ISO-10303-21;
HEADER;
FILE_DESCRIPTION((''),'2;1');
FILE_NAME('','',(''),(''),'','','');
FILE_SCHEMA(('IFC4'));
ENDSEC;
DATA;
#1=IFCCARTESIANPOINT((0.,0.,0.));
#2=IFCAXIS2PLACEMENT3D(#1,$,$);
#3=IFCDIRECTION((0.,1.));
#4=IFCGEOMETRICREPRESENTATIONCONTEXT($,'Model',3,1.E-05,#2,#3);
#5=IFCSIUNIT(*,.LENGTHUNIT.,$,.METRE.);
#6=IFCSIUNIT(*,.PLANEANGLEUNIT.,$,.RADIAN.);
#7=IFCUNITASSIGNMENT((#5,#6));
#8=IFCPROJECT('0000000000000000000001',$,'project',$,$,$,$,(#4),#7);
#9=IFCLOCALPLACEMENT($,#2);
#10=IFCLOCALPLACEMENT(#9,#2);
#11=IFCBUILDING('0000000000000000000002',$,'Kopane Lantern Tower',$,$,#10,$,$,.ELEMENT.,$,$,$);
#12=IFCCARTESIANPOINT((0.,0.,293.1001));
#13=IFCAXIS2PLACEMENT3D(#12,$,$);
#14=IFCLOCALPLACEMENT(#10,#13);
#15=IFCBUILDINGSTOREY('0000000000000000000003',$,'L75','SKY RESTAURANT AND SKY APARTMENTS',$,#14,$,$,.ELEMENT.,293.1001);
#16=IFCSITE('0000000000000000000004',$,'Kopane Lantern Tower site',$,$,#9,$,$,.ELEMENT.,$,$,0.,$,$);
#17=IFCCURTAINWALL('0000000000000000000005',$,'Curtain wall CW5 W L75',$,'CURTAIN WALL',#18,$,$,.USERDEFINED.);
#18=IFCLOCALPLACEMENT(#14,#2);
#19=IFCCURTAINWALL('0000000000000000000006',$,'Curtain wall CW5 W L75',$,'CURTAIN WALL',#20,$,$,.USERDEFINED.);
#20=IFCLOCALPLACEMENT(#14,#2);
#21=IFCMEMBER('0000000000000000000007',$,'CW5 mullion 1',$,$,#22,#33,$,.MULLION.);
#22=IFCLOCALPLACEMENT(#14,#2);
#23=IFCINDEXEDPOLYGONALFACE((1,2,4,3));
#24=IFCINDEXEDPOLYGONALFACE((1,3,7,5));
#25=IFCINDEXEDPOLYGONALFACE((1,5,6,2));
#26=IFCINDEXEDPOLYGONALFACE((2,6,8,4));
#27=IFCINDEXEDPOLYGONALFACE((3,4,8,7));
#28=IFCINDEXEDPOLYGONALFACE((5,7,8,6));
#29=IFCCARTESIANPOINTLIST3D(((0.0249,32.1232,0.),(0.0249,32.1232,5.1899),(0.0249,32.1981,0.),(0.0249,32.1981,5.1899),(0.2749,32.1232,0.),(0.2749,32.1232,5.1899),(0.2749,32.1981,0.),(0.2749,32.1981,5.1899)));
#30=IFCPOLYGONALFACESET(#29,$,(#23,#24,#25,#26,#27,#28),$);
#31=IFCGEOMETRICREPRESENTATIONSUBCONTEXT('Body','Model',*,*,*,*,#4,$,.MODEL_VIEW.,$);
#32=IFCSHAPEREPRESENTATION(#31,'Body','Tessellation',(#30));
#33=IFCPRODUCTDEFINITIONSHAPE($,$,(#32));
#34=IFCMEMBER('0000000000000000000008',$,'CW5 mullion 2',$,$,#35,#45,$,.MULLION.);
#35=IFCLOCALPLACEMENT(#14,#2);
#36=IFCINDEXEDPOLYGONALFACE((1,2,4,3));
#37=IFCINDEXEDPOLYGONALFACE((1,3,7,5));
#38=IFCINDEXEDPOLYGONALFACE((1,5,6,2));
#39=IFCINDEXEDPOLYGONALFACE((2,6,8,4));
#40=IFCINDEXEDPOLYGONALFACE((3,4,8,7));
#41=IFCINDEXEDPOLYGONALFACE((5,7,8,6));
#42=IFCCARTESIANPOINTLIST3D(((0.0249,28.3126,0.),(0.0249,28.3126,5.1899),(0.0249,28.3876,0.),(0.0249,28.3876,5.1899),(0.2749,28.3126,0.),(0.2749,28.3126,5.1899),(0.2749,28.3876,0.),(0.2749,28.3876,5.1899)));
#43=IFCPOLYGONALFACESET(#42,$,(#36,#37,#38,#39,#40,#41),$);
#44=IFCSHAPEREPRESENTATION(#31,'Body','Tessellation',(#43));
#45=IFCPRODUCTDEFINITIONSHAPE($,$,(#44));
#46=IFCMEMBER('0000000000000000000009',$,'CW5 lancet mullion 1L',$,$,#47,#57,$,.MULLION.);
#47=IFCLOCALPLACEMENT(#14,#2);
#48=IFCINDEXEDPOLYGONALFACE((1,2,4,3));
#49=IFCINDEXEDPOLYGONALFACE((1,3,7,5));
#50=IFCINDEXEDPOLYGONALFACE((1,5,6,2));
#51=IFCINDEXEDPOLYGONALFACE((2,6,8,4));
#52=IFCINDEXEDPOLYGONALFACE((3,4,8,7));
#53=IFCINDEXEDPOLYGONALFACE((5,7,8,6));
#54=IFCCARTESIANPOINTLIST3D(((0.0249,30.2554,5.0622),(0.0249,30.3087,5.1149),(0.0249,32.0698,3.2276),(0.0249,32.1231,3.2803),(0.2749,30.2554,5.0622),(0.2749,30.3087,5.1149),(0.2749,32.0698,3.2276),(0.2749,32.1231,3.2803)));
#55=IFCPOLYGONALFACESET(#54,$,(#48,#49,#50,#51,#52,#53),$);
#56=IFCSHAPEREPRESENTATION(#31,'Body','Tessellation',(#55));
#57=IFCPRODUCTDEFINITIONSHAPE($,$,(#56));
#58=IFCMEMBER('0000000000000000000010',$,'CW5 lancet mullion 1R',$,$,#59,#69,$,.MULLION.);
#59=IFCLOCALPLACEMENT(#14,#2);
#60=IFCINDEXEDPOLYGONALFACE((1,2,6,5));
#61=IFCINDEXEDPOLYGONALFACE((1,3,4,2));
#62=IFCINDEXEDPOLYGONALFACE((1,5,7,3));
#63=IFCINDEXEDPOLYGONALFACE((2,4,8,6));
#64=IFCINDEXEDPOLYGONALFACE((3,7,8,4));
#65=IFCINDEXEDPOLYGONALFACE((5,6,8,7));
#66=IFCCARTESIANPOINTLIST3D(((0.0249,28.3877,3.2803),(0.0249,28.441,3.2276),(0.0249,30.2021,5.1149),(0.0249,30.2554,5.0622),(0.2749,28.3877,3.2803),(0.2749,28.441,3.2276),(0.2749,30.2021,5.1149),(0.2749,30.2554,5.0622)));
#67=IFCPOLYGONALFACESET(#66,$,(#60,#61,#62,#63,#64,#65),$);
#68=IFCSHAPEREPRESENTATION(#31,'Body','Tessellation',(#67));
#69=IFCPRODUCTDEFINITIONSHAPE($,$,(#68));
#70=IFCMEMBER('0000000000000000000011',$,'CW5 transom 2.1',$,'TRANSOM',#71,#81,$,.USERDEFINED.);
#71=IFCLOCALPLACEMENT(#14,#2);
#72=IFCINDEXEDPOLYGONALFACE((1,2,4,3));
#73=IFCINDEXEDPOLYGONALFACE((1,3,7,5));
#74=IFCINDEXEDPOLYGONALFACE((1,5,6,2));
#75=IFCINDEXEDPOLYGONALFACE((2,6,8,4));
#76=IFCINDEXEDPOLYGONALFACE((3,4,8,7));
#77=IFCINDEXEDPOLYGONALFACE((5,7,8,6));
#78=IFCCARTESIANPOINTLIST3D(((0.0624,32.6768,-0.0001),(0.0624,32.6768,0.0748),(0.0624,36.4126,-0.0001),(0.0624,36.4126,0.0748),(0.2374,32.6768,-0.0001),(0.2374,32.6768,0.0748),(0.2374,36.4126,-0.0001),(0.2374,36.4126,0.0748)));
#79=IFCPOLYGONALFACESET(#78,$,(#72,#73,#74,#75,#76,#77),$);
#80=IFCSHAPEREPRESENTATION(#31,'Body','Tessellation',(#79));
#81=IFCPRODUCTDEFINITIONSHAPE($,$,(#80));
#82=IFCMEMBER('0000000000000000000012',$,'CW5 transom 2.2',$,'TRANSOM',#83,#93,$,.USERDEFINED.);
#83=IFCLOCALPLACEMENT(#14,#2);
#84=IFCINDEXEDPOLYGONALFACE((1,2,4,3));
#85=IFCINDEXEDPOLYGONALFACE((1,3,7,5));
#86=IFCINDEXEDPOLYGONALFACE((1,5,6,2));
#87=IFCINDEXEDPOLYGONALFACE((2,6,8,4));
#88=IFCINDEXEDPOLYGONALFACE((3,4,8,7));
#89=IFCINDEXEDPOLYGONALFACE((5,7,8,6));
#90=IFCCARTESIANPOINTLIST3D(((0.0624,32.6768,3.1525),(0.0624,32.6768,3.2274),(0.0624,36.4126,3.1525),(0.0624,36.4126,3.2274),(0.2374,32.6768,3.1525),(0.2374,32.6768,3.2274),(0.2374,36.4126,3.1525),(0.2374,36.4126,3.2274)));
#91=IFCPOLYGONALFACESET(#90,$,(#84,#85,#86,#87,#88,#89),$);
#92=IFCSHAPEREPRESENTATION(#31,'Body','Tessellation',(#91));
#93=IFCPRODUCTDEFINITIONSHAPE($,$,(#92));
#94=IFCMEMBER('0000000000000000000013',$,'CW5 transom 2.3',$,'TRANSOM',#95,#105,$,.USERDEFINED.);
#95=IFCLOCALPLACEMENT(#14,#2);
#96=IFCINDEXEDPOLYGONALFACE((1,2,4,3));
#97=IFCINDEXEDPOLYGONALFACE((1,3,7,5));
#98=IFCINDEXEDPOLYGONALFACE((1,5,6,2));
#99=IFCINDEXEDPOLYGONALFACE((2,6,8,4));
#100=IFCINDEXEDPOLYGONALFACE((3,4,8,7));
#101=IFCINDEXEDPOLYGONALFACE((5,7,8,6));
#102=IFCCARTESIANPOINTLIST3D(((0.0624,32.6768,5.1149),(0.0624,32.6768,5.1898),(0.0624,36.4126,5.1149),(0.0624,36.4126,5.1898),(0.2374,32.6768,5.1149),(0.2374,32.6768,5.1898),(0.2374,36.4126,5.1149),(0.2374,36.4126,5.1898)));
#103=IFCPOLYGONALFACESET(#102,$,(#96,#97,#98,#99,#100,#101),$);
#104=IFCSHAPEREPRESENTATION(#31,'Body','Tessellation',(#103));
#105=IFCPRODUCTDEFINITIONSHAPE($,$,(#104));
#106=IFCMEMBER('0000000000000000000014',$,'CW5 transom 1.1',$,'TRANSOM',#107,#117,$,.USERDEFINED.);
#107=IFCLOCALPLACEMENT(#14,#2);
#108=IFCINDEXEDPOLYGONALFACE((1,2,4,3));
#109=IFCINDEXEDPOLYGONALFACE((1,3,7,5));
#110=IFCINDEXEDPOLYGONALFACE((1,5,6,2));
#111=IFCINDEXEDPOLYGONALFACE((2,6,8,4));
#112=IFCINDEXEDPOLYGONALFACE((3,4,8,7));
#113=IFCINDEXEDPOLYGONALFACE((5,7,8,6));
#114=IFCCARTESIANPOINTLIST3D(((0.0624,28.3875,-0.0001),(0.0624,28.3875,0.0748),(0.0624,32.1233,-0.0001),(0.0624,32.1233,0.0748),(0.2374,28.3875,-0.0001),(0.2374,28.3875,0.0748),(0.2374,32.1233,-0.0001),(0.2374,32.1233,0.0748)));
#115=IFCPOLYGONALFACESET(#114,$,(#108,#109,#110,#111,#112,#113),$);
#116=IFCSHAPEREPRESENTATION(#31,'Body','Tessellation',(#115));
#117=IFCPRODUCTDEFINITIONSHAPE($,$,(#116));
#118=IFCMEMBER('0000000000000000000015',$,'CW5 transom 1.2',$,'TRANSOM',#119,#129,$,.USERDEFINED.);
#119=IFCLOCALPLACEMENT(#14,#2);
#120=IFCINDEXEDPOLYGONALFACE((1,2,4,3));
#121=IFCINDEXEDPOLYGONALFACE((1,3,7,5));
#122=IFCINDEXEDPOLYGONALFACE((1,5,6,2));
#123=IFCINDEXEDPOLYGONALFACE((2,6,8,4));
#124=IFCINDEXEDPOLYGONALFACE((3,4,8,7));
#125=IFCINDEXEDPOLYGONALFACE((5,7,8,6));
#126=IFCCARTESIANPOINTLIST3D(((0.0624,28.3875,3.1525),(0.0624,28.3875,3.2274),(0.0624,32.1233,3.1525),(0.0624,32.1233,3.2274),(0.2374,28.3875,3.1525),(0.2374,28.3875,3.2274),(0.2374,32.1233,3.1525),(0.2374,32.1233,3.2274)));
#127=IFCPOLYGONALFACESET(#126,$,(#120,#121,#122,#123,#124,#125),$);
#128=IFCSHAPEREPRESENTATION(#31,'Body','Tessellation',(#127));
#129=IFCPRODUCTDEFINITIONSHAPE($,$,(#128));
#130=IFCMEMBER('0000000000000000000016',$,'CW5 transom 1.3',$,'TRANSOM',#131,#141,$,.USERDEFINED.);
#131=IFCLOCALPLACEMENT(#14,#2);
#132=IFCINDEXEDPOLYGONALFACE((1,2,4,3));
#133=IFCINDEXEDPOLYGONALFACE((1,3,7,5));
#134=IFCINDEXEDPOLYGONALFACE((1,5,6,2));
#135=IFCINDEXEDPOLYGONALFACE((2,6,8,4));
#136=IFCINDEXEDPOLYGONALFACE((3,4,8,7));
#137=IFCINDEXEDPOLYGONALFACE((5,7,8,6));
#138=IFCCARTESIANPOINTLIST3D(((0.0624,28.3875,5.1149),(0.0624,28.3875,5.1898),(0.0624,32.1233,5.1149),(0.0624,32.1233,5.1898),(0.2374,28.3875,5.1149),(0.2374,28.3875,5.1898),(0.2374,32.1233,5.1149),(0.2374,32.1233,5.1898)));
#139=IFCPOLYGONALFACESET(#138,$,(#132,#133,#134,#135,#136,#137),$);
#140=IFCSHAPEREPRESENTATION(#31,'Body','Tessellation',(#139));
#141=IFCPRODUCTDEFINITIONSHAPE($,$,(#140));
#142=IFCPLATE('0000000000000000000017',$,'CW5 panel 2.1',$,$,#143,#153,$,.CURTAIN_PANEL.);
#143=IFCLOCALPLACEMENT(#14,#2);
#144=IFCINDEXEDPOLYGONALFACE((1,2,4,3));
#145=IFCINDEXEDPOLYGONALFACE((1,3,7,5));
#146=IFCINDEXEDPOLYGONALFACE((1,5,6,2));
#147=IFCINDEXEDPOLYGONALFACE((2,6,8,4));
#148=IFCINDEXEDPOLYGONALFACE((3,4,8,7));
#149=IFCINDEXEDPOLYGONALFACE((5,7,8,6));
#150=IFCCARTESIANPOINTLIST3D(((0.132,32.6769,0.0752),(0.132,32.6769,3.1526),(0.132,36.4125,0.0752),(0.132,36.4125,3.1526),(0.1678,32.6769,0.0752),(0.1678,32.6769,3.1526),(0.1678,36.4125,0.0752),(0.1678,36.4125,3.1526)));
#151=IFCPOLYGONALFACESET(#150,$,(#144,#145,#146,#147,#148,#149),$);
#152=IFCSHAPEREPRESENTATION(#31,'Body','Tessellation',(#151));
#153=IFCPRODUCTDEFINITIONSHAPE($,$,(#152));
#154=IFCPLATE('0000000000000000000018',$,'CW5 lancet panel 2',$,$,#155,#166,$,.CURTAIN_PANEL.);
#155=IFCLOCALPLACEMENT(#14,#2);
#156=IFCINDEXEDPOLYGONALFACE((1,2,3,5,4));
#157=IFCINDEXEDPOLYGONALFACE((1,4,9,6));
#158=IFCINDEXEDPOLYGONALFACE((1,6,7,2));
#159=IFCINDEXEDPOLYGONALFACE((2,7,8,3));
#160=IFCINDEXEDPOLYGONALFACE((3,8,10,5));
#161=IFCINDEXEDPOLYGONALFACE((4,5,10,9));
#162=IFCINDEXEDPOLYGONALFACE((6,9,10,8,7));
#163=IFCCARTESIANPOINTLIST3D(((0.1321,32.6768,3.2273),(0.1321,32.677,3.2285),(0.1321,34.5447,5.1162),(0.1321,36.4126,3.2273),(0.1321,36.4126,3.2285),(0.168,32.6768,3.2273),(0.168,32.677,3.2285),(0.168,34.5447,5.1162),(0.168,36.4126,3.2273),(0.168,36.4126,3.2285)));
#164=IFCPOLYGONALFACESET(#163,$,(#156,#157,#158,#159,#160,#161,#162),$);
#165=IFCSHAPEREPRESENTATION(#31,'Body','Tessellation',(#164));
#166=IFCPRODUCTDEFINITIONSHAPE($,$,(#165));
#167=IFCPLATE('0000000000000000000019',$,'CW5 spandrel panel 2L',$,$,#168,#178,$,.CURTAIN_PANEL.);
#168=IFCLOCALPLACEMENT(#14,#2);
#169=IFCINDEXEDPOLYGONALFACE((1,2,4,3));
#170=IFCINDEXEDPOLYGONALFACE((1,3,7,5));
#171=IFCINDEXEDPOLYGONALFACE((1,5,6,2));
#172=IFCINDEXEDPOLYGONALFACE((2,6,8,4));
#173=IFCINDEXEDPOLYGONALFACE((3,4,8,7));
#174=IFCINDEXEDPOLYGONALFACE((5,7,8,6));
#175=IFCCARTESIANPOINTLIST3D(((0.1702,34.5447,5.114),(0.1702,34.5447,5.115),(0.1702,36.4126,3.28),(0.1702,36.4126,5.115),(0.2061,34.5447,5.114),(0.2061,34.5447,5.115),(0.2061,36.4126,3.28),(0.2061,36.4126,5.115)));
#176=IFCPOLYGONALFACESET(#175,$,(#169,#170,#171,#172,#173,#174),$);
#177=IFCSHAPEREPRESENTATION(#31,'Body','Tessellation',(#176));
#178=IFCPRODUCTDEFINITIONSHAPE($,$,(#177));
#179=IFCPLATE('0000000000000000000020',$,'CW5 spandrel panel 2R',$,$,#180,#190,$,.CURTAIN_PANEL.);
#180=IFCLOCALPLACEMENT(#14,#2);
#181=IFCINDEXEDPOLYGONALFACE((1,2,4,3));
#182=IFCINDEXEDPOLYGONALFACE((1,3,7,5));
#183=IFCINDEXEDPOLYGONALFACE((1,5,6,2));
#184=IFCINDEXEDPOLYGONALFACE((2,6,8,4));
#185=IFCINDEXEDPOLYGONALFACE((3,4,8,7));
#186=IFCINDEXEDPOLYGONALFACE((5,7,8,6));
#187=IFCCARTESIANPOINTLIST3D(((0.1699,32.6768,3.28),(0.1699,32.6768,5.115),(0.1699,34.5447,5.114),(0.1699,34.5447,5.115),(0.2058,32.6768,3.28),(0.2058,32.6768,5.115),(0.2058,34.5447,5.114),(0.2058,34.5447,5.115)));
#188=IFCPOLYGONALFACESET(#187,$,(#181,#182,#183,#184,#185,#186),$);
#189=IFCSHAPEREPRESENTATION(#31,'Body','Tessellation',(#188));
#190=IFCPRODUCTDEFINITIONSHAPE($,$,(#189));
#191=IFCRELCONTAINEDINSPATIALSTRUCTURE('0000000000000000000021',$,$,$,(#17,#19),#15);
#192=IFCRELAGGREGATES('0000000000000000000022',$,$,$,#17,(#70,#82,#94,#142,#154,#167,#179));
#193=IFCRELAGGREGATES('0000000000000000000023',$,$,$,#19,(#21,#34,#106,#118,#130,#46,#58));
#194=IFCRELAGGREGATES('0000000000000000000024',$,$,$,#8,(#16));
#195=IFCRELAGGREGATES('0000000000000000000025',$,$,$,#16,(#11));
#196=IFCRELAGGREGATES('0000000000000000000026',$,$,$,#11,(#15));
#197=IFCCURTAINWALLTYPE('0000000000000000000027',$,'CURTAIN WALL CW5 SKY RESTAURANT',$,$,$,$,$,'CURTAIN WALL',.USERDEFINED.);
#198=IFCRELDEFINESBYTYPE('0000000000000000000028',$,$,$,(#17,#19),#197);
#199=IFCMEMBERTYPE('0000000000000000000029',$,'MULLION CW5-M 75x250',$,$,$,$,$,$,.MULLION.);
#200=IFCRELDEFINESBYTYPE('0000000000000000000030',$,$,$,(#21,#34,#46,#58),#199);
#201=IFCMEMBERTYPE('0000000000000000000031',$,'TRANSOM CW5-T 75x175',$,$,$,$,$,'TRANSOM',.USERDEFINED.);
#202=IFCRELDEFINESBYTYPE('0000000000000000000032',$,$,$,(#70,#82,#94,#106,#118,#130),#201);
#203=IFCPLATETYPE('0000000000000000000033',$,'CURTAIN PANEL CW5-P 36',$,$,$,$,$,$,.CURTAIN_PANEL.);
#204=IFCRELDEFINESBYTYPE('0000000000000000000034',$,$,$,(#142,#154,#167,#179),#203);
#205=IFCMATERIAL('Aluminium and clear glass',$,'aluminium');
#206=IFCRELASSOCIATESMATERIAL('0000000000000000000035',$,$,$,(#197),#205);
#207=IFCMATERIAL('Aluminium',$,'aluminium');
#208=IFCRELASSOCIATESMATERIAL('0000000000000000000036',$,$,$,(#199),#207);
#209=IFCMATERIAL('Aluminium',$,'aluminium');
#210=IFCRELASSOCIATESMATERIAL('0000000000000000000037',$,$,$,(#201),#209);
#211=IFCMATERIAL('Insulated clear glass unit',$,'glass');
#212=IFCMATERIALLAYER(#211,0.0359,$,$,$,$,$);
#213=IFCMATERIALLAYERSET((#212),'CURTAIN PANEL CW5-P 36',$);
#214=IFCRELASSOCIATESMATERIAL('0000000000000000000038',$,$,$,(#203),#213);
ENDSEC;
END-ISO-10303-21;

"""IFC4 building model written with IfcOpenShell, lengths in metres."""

from ifc_helpers import new_model, si_unit, direction, frame, origin, origin_2d, place, context, subcontext, project, spatial, polyline, rectangle, outline, extrude, material, layer, layer_set, material_profile, profile_set, type_object, element, aggregate, save


model = new_model("IFC4")

# Units and contexts
model_context = context("Model", 3, precision=1e-05, world=origin(), true_north=direction((0.0, 1.0)))
body_context = subcontext(model_context, "Body", "Model", "MODEL_VIEW")
ifc_project = project(units=[si_unit("LENGTHUNIT", "METRE"), si_unit("PLANEANGLEUNIT", "RADIAN")], contexts=[model_context])

# Site, building, storey
site_placement = place(None, origin())
site = spatial("IfcSite", under=ifc_project, at=site_placement, Name="Kopane Lantern Tower site", CompositionType="ELEMENT", RefElevation=0.0)
building_placement = place(site_placement, origin())
building = spatial("IfcBuilding", under=site, at=building_placement, Name="Kopane Lantern Tower", CompositionType="ELEMENT")
storey_placement = place(building_placement, frame((0.0, 0.0, 293.1001)))
storey = spatial("IfcBuildingStorey", under=building, at=storey_placement, Name="L75", Description="SKY RESTAURANT AND SKY APARTMENTS", CompositionType="ELEMENT", Elevation=293.1001)

# Curtain walls, members
ifc_material_1 = material(Name="Aluminium and clear glass", Category="aluminium")
curtain_wall_type = type_object("IfcCurtainWallType", Name="CURTAIN WALL CW5 SKY RESTAURANT", ElementType="CURTAIN WALL", PredefinedType="USERDEFINED", material=ifc_material_1)
curtain_wall_1_placement = place(storey_placement, origin())
curtain_wall_1 = element("IfcCurtainWall", 1, at=curtain_wall_1_placement, inside=storey, type_object=curtain_wall_type, Name="Curtain wall CW5 W L75", ObjectType="CURTAIN WALL", PredefinedType="USERDEFINED")
ifc_material_2 = material(Name="Aluminium", Category="aluminium")
ifc_material_profile_1 = material_profile(ifc_material_2, rectangle(XDim=0.075, YDim=0.25, at=origin_2d()), Name="AL 75x250")
ifc_profile_set_1 = profile_set([ifc_material_profile_1], Name="Aluminium")
member_type_1 = type_object("IfcMemberType", Name="MULLION CW5-M 75x250", PredefinedType="MULLION", material=ifc_profile_set_1)
curtain_wall_2_placement = place(storey_placement, origin())
curtain_wall_2 = element("IfcCurtainWall", 2, at=curtain_wall_2_placement, inside=storey, type_object=curtain_wall_type, Name="Curtain wall CW5 W L75", ObjectType="CURTAIN WALL", PredefinedType="USERDEFINED")
member_1_placement = place(storey_placement, frame((0.1499, 32.1606, 0.0), z_axis=(0.0, 0.0, 1.0), x_axis=(0.0, -1.0, 0.0)))
member_1 = element("IfcMember", 3, at=member_1_placement, type_object=member_type_1, Name="CW5 mullion 1", PredefinedType="MULLION", context=body_context, shape_type="SweptSolid", body=[
    extrude(rectangle(XDim=0.075, YDim=0.25, at=origin_2d()), origin(), (0.0, 0.0, 1.0), 5.1899),
])
member_2_placement = place(storey_placement, frame((0.1499, 28.3501, 0.0), z_axis=(0.0, 0.0, 1.0), x_axis=(0.0, -1.0, 0.0)))
member_2 = element("IfcMember", 4, at=member_2_placement, type_object=member_type_1, Name="CW5 mullion 2", PredefinedType="MULLION", context=body_context, shape_type="SweptSolid", body=[
    extrude(rectangle(XDim=0.075, YDim=0.25, at=origin_2d()), origin(), (0.0, 0.0, 1.0), 5.1899),
])
member_3_placement = place(storey_placement, frame((0.1499, 32.0964, 3.2539), z_axis=(0.0, -0.703169, 0.711022), x_axis=(0.0, 0.711022, 0.703169)))
member_3 = element("IfcMember", 5, at=member_3_placement, type_object=member_type_1, Name="CW5 lancet mullion 1L", PredefinedType="MULLION", context=body_context, shape_type="SweptSolid", body=[
    extrude(rectangle(XDim=0.075, YDim=0.25, at=origin_2d()), origin(), (0.0, 0.0, 1.0), 2.5803),
])
member_4_placement = place(storey_placement, frame((0.1499, 28.4143, 3.2539), z_axis=(0.0, 0.703169, 0.711022), x_axis=(0.0, -0.711022, 0.703169)))
member_4 = element("IfcMember", 6, at=member_4_placement, type_object=member_type_1, Name="CW5 lancet mullion 1R", PredefinedType="MULLION", context=body_context, shape_type="SweptSolid", body=[
    extrude(rectangle(XDim=0.075, YDim=0.25, at=origin_2d()), origin(), (0.0, 0.0, 1.0), 2.5803),
])

# Members
ifc_material_3 = material(Name="Aluminium", Category="aluminium")
ifc_material_profile_2 = material_profile(ifc_material_3, rectangle(XDim=0.175, YDim=0.075, at=origin_2d()), Name="AL 175x75")
ifc_profile_set_2 = profile_set([ifc_material_profile_2], Name="Aluminium")
member_type_2 = type_object("IfcMemberType", Name="TRANSOM CW5-T 75x175", ElementType="TRANSOM", PredefinedType="USERDEFINED", material=ifc_profile_set_2)
member_5_placement = place(storey_placement, frame((0.1499, 36.4126, 0.0374), z_axis=(0.0, -1.0, 0.0), x_axis=(1.0, 0.0, 0.0)))
member_5 = element("IfcMember", 7, at=member_5_placement, type_object=member_type_2, Name="CW5 transom 2.1", ObjectType="TRANSOM", PredefinedType="USERDEFINED", context=body_context, shape_type="SweptSolid", body=[
    extrude(rectangle(XDim=0.175, YDim=0.075, at=origin_2d()), origin(), (0.0, 0.0, 1.0), 3.7358),
])
member_6_placement = place(storey_placement, frame((0.1499, 36.4126, 3.1899), z_axis=(0.0, -1.0, 0.0), x_axis=(1.0, 0.0, 0.0)))
member_6 = element("IfcMember", 8, at=member_6_placement, type_object=member_type_2, Name="CW5 transom 2.2", ObjectType="TRANSOM", PredefinedType="USERDEFINED", context=body_context, shape_type="SweptSolid", body=[
    extrude(rectangle(XDim=0.175, YDim=0.075, at=origin_2d()), origin(), (0.0, 0.0, 1.0), 3.7358),
])
member_7_placement = place(storey_placement, frame((0.1499, 36.4126, 5.1523), z_axis=(0.0, -1.0, 0.0), x_axis=(1.0, 0.0, 0.0)))
member_7 = element("IfcMember", 9, at=member_7_placement, type_object=member_type_2, Name="CW5 transom 2.3", ObjectType="TRANSOM", PredefinedType="USERDEFINED", context=body_context, shape_type="SweptSolid", body=[
    extrude(rectangle(XDim=0.175, YDim=0.075, at=origin_2d()), origin(), (0.0, 0.0, 1.0), 3.7358),
])
member_8_placement = place(storey_placement, frame((0.1499, 32.1233, 0.0374), z_axis=(0.0, -1.0, 0.0), x_axis=(1.0, 0.0, 0.0)))
member_8 = element("IfcMember", 10, at=member_8_placement, type_object=member_type_2, Name="CW5 transom 1.1", ObjectType="TRANSOM", PredefinedType="USERDEFINED", context=body_context, shape_type="SweptSolid", body=[
    extrude(rectangle(XDim=0.175, YDim=0.075, at=origin_2d()), origin(), (0.0, 0.0, 1.0), 3.7358),
])
member_9_placement = place(storey_placement, frame((0.1499, 32.1233, 3.1899), z_axis=(0.0, -1.0, 0.0), x_axis=(1.0, 0.0, 0.0)))
member_9 = element("IfcMember", 11, at=member_9_placement, type_object=member_type_2, Name="CW5 transom 1.2", ObjectType="TRANSOM", PredefinedType="USERDEFINED", context=body_context, shape_type="SweptSolid", body=[
    extrude(rectangle(XDim=0.175, YDim=0.075, at=origin_2d()), origin(), (0.0, 0.0, 1.0), 3.7358),
])
member_10_placement = place(storey_placement, frame((0.1499, 32.1233, 5.1523), z_axis=(0.0, -1.0, 0.0), x_axis=(1.0, 0.0, 0.0)))
member_10 = element("IfcMember", 12, at=member_10_placement, type_object=member_type_2, Name="CW5 transom 1.3", ObjectType="TRANSOM", PredefinedType="USERDEFINED", context=body_context, shape_type="SweptSolid", body=[
    extrude(rectangle(XDim=0.175, YDim=0.075, at=origin_2d()), origin(), (0.0, 0.0, 1.0), 3.7358),
])

# Plates
ifc_material_4 = material(Name="Insulated clear glass unit", Category="glass")
ifc_layer_1 = layer(ifc_material_4, 0.0359)
ifc_layer_set_1 = layer_set([ifc_layer_1], Name="CURTAIN PANEL CW5-P 36")
plate_type = type_object("IfcPlateType", Name="CURTAIN PANEL CW5-P 36", PredefinedType="CURTAIN_PANEL", material=ifc_layer_set_1)
plate_1_placement = place(storey_placement, frame((0.1499, 34.5447, 0.0752), z_axis=(0.0, 0.0, 1.0), x_axis=(0.0, -1.0, 0.0)))
plate_1 = element("IfcPlate", 13, at=plate_1_placement, type_object=plate_type, Name="CW5 panel 2.1", PredefinedType="CURTAIN_PANEL", context=body_context, shape_type="SweptSolid", body=[
    extrude(rectangle(XDim=3.7356, YDim=0.0359, at=origin_2d()), origin(), (0.0, 0.0, 1.0), 3.0774),
])
plate_2_placement = place(storey_placement, frame((0.1499, 36.4126, 3.2273), z_axis=(0.0, 0.0, 1.0), x_axis=(0.0, -1.0, 0.0)))
plate_2 = element("IfcPlate", 14, at=plate_2_placement, type_object=plate_type, Name="CW5 lancet panel 2", PredefinedType="CURTAIN_PANEL", context=body_context, shape_type="SweptSolid", body=[
    extrude(outline(polyline([(0.0, 0.0), (3.7358, 0.0), (3.7356, 0.0012), (1.8679, 1.8889), (0.0, 0.0012), (0.0, 0.0)])), frame((0.0, 0.0181, 0.0), z_axis=(0.0, -1.0, 0.0), x_axis=(1.0, 0.0, 0.0)), (0.0, 0.0, 1.0), 0.0359),
])
plate_3_placement = place(storey_placement, frame((0.188, 36.4126, 5.115), z_axis=(0.0, 0.0, 1.0), x_axis=(0.0, -1.0, 0.0)))
plate_3 = element("IfcPlate", 15, at=plate_3_placement, type_object=plate_type, Name="CW5 spandrel panel 2L", PredefinedType="CURTAIN_PANEL", context=body_context, shape_type="SweptSolid", body=[
    extrude(outline(polyline([(0.0, 0.0), (1.8679, 0.0), (1.8679, -0.001), (0.0, -1.835), (0.0, 0.0)])), frame((0.0, 0.0181, 0.0), z_axis=(0.0, -1.0, 0.0), x_axis=(1.0, 0.0, 0.0)), (0.0, 0.0, 1.0), 0.0359),
])
plate_4_placement = place(storey_placement, frame((0.188, 32.6768, 5.115), z_axis=(0.0, 0.0, 1.0), x_axis=(0.0, 1.0, 0.0)))
plate_4 = element("IfcPlate", 16, at=plate_4_placement, type_object=plate_type, Name="CW5 spandrel panel 2R", PredefinedType="CURTAIN_PANEL", context=body_context, shape_type="SweptSolid", body=[
    extrude(outline(polyline([(0.0, 0.0), (1.8679, 0.0), (1.8679, -0.001), (0.0, -1.835), (0.0, 0.0)])), frame((0.0, 0.0181, 0.0), z_axis=(0.0, -1.0, 0.0), x_axis=(1.0, 0.0, 0.0)), (0.0, 0.0, 1.0), 0.0359),
])
aggregate(curtain_wall_1, [member_5, member_6, member_7, plate_1, plate_2, plate_3, plate_4])
aggregate(curtain_wall_2, [member_1, member_2, member_8, member_9, member_10, member_3, member_4])

save(model, "model.ifc")
